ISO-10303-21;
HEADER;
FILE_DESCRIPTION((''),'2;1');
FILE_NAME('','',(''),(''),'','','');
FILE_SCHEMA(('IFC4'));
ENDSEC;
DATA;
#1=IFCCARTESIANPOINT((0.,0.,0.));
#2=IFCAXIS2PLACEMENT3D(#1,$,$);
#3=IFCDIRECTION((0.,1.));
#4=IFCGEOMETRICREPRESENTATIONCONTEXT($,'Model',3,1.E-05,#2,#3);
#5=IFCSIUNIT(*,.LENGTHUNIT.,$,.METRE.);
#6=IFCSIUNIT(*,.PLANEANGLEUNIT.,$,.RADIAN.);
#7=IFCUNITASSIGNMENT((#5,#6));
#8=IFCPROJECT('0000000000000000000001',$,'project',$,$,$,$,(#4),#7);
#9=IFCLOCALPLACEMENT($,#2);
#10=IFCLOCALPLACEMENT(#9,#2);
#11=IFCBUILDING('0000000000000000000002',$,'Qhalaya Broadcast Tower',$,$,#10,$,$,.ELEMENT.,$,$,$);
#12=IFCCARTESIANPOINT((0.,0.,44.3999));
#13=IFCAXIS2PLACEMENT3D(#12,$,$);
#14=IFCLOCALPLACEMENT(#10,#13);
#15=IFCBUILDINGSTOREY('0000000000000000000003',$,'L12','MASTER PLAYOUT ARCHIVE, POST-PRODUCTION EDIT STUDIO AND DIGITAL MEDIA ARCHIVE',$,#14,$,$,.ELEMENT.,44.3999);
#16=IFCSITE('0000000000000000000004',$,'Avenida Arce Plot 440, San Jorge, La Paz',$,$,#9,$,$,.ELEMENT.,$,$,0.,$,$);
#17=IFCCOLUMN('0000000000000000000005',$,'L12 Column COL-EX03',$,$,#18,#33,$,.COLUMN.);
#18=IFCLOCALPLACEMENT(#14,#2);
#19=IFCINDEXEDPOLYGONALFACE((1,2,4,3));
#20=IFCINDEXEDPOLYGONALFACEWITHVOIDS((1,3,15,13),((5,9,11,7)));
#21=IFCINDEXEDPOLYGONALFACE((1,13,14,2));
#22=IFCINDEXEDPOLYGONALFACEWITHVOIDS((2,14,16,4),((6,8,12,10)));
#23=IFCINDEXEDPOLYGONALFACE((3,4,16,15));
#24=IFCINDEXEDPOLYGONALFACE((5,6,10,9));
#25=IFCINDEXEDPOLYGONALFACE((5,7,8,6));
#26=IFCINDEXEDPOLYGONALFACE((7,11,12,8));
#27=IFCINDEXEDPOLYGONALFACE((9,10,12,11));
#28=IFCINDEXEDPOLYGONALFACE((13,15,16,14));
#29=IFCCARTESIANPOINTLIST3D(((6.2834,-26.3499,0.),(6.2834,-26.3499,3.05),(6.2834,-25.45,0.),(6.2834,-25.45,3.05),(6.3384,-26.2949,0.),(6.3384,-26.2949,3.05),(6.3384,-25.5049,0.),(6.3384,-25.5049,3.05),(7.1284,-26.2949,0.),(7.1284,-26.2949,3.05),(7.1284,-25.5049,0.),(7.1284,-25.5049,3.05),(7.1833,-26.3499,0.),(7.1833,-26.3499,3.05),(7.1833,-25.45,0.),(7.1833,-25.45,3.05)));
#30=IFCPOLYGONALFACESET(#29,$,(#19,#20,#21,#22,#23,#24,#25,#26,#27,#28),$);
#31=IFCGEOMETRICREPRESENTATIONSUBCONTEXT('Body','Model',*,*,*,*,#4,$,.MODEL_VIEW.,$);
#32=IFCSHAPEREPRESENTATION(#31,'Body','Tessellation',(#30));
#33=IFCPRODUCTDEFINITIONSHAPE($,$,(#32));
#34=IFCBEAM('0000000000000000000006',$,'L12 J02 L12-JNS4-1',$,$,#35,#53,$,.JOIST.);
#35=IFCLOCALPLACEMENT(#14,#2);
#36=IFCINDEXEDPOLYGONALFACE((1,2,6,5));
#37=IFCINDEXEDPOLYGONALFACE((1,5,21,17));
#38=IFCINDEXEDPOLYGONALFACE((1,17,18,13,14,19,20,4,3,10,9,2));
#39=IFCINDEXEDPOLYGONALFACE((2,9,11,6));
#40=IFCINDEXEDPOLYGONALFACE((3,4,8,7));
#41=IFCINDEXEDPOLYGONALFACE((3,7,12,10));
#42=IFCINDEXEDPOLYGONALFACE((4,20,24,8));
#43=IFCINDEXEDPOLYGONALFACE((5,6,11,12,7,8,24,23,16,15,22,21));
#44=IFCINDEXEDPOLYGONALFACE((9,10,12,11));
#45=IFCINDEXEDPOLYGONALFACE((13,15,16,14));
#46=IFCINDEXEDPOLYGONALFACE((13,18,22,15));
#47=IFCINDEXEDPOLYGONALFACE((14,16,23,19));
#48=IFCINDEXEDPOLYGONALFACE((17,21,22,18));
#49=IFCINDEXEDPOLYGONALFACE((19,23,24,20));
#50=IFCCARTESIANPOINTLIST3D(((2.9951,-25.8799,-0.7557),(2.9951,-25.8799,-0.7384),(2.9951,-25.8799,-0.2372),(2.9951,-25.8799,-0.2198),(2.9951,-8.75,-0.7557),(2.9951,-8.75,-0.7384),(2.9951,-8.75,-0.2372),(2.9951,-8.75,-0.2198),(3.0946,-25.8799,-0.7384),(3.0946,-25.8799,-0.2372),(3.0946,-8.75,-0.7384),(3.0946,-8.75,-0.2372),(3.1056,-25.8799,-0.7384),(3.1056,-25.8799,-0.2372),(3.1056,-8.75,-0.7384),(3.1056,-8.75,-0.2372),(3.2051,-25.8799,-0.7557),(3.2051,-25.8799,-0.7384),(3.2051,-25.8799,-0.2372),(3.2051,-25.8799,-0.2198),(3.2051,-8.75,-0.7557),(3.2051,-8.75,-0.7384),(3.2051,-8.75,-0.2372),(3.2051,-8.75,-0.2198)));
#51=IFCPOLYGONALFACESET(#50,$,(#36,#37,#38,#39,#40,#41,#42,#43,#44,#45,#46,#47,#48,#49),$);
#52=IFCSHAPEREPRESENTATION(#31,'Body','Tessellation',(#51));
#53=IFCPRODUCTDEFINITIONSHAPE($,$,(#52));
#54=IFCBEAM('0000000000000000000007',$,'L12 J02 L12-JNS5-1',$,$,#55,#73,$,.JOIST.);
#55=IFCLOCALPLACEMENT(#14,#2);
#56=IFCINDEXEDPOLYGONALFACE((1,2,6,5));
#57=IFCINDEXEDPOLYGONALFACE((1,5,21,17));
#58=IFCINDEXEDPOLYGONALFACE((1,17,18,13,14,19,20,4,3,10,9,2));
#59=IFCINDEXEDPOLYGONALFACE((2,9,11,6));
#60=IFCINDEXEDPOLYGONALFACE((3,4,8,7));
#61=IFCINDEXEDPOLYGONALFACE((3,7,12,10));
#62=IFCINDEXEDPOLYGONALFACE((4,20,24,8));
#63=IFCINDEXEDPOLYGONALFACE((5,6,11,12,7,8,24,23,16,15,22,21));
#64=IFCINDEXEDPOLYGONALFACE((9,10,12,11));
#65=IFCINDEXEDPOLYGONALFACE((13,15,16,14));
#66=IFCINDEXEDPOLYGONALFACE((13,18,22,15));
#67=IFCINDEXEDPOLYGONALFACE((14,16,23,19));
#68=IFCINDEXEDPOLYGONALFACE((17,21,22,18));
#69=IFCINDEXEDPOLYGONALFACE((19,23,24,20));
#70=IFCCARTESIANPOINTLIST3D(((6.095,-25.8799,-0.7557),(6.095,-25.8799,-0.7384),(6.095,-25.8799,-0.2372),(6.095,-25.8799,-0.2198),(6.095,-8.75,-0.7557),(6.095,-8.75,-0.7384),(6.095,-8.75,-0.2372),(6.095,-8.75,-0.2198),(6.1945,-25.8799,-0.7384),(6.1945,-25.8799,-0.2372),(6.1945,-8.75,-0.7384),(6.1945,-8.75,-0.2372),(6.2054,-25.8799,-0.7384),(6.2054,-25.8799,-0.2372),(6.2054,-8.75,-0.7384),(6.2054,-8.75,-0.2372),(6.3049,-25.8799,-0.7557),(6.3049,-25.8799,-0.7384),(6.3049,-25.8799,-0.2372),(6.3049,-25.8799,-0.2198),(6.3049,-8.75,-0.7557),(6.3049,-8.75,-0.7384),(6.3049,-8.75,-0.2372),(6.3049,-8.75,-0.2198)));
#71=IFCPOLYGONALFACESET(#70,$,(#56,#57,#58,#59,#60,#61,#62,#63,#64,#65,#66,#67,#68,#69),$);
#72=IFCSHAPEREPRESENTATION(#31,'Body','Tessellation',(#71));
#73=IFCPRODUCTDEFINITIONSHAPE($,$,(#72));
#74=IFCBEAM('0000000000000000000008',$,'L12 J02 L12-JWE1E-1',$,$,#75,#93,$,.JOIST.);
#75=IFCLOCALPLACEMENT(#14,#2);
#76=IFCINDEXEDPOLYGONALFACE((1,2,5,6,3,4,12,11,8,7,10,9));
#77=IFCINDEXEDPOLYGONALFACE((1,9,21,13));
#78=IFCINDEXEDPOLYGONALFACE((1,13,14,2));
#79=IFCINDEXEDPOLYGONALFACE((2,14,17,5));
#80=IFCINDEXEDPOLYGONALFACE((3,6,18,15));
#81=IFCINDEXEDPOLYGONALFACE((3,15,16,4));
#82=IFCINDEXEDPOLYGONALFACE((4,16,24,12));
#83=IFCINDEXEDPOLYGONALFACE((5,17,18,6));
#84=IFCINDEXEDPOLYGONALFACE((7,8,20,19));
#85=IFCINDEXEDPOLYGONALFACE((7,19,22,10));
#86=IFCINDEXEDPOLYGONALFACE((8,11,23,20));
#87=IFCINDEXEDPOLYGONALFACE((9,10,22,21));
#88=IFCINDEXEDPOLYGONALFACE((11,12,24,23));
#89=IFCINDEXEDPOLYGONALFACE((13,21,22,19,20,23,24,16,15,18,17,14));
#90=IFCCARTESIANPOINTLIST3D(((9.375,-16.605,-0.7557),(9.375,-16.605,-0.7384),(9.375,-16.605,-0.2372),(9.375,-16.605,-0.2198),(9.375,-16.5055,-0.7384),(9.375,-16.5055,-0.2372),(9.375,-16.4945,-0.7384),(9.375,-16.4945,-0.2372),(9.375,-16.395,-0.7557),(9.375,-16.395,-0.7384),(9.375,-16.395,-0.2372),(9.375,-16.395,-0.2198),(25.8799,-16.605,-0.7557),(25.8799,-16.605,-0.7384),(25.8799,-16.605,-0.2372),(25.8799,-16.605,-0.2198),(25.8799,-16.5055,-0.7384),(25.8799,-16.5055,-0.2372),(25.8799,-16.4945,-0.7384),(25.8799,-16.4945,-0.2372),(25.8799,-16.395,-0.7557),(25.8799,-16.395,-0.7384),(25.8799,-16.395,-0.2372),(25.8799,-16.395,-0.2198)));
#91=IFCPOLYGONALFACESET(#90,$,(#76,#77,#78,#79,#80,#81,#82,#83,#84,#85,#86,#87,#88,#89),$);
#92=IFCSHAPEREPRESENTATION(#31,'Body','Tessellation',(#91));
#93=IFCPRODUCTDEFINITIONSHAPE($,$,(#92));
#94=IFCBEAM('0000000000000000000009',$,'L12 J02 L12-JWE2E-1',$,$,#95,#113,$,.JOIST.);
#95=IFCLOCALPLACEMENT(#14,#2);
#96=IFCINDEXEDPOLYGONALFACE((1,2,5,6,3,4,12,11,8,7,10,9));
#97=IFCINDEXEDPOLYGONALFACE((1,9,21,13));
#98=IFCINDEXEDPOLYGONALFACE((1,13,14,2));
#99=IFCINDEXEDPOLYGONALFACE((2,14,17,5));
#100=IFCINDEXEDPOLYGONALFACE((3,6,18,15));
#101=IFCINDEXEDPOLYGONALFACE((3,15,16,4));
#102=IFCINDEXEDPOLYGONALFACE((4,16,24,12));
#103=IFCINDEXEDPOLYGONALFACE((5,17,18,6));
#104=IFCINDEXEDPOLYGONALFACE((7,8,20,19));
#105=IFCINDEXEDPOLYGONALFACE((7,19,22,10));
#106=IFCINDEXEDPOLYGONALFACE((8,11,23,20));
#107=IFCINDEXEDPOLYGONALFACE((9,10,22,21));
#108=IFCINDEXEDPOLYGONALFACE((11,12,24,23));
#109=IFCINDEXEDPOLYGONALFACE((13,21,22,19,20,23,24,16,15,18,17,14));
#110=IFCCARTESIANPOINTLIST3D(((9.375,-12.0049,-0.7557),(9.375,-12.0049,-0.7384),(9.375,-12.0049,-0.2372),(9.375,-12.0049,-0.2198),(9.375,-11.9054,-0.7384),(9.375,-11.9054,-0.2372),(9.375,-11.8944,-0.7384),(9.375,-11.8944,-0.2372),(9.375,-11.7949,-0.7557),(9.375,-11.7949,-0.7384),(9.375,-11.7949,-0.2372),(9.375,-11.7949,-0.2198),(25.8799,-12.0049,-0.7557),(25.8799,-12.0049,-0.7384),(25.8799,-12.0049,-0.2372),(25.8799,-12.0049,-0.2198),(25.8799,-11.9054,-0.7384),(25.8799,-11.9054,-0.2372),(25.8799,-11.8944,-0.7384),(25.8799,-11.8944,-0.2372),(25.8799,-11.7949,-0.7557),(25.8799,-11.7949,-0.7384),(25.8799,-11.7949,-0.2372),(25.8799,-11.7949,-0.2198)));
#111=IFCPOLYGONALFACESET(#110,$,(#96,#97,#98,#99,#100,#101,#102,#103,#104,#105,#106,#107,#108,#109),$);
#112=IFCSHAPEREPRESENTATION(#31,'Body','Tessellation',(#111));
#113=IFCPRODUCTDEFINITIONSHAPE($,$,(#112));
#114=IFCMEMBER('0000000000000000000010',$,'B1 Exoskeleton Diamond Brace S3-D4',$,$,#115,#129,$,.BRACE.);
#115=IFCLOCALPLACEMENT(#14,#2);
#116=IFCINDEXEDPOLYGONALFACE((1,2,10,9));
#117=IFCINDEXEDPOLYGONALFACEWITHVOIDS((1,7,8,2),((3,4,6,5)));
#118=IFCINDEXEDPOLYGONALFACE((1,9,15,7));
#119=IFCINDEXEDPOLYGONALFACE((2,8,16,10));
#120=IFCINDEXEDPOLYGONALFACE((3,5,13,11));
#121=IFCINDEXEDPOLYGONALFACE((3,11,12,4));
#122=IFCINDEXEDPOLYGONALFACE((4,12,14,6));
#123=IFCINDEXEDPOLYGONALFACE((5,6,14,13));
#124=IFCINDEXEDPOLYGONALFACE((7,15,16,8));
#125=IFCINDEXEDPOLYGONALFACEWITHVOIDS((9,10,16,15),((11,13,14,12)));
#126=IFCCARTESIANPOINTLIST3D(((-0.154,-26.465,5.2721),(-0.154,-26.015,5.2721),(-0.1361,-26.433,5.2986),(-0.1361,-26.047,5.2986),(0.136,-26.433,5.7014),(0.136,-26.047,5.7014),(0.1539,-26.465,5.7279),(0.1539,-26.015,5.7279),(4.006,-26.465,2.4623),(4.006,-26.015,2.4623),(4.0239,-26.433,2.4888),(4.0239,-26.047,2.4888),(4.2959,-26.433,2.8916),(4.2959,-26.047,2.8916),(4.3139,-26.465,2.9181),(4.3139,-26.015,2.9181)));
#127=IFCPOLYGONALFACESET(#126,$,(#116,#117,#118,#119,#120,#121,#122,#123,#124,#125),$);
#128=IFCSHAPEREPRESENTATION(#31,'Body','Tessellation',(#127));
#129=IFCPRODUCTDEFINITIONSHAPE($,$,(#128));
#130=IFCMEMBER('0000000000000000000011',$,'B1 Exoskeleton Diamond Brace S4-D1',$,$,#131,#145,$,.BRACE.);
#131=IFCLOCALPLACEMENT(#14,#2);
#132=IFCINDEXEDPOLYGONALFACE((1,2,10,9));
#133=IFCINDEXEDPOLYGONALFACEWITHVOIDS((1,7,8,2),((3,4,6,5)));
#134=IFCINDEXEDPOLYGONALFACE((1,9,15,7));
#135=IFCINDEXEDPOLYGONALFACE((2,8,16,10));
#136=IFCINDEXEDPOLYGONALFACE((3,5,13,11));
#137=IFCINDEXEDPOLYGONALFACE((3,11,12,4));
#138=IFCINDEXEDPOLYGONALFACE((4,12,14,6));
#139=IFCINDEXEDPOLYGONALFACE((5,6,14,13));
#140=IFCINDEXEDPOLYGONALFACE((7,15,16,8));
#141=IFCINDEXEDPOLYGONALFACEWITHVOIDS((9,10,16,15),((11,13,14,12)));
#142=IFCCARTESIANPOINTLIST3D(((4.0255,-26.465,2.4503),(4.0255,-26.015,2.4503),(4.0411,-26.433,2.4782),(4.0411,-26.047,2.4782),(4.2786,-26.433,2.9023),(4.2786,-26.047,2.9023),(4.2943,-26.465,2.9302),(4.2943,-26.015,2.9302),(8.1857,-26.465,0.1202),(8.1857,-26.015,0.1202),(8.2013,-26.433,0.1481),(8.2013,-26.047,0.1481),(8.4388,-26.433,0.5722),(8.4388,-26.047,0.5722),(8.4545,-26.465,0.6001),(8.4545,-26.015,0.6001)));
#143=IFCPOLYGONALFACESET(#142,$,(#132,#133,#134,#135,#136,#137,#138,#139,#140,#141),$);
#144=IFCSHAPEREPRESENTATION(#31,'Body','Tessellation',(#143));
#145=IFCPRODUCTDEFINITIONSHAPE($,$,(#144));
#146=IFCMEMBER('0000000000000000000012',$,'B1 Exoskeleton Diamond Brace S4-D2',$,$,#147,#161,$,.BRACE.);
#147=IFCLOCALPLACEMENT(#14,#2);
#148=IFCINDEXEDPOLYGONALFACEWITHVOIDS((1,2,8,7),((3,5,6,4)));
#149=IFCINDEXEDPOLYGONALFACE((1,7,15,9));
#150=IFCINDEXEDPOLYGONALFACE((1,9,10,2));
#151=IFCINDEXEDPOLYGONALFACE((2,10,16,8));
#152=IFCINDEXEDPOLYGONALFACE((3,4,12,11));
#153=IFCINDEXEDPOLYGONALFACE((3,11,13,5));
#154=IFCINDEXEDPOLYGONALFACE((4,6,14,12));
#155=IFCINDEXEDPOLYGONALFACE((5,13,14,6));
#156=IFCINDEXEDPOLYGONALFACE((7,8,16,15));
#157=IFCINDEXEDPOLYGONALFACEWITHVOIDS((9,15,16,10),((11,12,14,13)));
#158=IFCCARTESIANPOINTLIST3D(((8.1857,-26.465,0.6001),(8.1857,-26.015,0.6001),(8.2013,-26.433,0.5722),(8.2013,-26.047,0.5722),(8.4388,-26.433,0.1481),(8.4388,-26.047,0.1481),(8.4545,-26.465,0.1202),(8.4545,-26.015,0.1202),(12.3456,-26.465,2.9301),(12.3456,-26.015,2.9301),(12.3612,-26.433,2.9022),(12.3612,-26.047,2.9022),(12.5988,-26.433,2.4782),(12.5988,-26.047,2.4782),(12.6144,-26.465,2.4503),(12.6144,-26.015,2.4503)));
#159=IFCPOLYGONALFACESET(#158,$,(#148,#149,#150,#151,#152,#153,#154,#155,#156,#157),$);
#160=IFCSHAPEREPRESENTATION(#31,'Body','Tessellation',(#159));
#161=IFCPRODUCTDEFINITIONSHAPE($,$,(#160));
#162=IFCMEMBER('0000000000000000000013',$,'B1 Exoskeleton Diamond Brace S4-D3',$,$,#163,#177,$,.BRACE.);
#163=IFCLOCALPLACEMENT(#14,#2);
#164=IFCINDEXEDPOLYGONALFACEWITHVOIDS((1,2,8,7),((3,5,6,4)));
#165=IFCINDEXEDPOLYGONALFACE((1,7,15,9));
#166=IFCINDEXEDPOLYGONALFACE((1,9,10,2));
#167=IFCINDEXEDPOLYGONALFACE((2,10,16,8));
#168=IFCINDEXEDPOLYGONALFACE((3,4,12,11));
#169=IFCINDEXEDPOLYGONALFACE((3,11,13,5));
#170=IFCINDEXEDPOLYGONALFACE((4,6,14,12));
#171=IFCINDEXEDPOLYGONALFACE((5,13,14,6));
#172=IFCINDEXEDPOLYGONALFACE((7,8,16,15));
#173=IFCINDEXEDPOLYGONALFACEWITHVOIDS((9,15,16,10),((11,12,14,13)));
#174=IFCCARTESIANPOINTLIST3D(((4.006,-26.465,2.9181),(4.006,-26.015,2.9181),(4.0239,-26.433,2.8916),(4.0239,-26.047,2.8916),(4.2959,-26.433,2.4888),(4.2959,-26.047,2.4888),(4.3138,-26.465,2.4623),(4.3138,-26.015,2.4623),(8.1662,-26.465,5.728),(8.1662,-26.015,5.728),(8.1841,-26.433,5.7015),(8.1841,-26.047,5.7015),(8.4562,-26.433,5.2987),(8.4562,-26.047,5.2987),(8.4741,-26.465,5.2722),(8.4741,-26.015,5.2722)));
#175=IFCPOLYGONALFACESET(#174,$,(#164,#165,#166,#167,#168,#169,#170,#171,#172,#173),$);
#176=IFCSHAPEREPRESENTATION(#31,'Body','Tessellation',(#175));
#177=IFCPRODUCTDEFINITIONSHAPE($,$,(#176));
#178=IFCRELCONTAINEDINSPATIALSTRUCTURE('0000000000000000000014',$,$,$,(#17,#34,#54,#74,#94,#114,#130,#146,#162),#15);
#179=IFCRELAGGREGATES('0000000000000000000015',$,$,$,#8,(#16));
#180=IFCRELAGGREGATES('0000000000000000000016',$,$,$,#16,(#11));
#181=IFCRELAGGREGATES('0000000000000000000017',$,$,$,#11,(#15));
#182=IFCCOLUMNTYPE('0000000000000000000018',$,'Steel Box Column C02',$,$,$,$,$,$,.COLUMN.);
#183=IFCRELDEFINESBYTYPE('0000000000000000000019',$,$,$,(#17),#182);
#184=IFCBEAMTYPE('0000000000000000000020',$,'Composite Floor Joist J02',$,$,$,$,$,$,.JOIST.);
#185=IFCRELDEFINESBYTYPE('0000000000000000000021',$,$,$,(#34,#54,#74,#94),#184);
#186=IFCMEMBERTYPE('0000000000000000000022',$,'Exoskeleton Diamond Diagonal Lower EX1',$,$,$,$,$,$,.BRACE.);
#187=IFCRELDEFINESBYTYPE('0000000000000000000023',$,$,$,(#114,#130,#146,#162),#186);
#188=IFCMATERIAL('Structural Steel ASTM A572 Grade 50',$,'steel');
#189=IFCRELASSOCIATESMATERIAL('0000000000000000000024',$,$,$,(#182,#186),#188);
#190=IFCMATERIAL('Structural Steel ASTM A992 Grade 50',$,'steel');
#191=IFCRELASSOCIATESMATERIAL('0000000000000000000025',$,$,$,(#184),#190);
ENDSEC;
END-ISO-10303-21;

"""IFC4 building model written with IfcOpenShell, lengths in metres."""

from ifc_helpers import new_model, si_unit, direction, frame, origin, origin_2d, place, context, subcontext, project, spatial, hollow_rectangle, i_section, extrude, material, material_profile, profile_set, type_object, element, save


model = new_model("IFC4")

# Units and contexts
model_context = context("Model", 3, precision=1e-05, world=origin(), true_north=direction((0.0, 1.0)))
body_context = subcontext(model_context, "Body", "Model", "MODEL_VIEW")
ifc_project = project(units=[si_unit("LENGTHUNIT", "METRE"), si_unit("PLANEANGLEUNIT", "RADIAN")], contexts=[model_context])

# Site, building, storey
site_placement = place(None, origin())
site = spatial("IfcSite", under=ifc_project, at=site_placement, Name="Avenida Arce Plot 440, San Jorge, La Paz", CompositionType="ELEMENT", RefElevation=0.0)
building_placement = place(site_placement, origin())
building = spatial("IfcBuilding", under=site, at=building_placement, Name="Qhalaya Broadcast Tower", CompositionType="ELEMENT")
storey_placement = place(building_placement, frame((0.0, 0.0, 44.3999)))
storey = spatial("IfcBuildingStorey", under=building, at=storey_placement, Name="L12", Description="MASTER PLAYOUT ARCHIVE, POST-PRODUCTION EDIT STUDIO AND DIGITAL MEDIA ARCHIVE", CompositionType="ELEMENT", Elevation=44.3999)

# Column
ifc_material_1 = material(Name="Structural Steel ASTM A572 Grade 50", Category="steel")
ifc_material_profile_1 = material_profile(ifc_material_1, hollow_rectangle(XDim=0.8999, YDim=0.8999, WallThickness=0.0549, at=origin_2d()), Name="BOX 900x900x55")
ifc_profile_set_1 = profile_set([ifc_material_profile_1], Name="Structural Steel ASTM A572 Grade 50")
column_type = type_object("IfcColumnType", Name="Steel Box Column C02", PredefinedType="COLUMN", material=ifc_profile_set_1)
column_placement = place(storey_placement, frame((6.7334, -25.8999, 0.0), z_axis=(0.0, 0.0, 1.0), x_axis=(1.0, 0.0, 0.0)))
element("IfcColumn", 1, at=column_placement, inside=storey, type_object=column_type, Name="L12 Column COL-EX03", PredefinedType="COLUMN", context=body_context, shape_type="SweptSolid", body=[
    extrude(hollow_rectangle(XDim=0.8999, YDim=0.8999, WallThickness=0.0549, at=origin_2d()), origin(), (0.0, 0.0, 1.0), 3.05),
])

# Beams
ifc_material_2 = material(Name="Structural Steel ASTM A992 Grade 50", Category="steel")
ifc_material_profile_2 = material_profile(ifc_material_2, i_section(OverallWidth=0.21, OverallDepth=0.5359, WebThickness=0.011, FlangeThickness=0.0173, at=origin_2d()), Name="W21X68")
ifc_profile_set_2 = profile_set([ifc_material_profile_2], Name="Structural Steel ASTM A992 Grade 50")
beam_type_1 = type_object("IfcBeamType", Name="Composite Floor Joist J02", PredefinedType="JOIST", material=ifc_profile_set_2)
for number, where, z_axis, x_axis, name in (
    (2, (3.1001, -25.8799, -0.4878), (0.0, 1.0, 0.0), (-1.0, 0.0, 0.0), "L12 J02 L12-JNS4-1"),
    (3, (6.2, -25.8799, -0.4878), (0.0, 1.0, 0.0), (-1.0, 0.0, 0.0), "L12 J02 L12-JNS5-1"),
):
    element("IfcBeam", number, at=place(storey_placement, frame(where, z_axis=z_axis, x_axis=x_axis)), inside=storey, type_object=beam_type_1, Name=name, PredefinedType="JOIST", context=body_context, shape_type="SweptSolid", body=[
        extrude(i_section(OverallWidth=0.21, OverallDepth=0.5359, WebThickness=0.011, FlangeThickness=0.0173, at=origin_2d()), origin(), (0.0, 0.0, 1.0), 17.1299),
    ])
for number, where, z_axis, x_axis, name in (
    (4, (9.375, -16.5, -0.4878), (1.0, 0.0, 0.0), (0.0, 1.0, 0.0), "L12 J02 L12-JWE1E-1"),
    (5, (9.375, -11.8999, -0.4878), (1.0, 0.0, 0.0), (0.0, 1.0, 0.0), "L12 J02 L12-JWE2E-1"),
):
    element("IfcBeam", number, at=place(storey_placement, frame(where, z_axis=z_axis, x_axis=x_axis)), inside=storey, type_object=beam_type_1, Name=name, PredefinedType="JOIST", context=body_context, shape_type="SweptSolid", body=[
        extrude(i_section(OverallWidth=0.21, OverallDepth=0.5359, WebThickness=0.011, FlangeThickness=0.0173, at=origin_2d()), origin(), (0.0, 0.0, 1.0), 16.5049),
    ])

# Members
ifc_material_profile_3 = material_profile(ifc_material_1, hollow_rectangle(XDim=0.45, YDim=0.55, WallThickness=0.032, at=origin_2d()), Name="BOX 450x550x32")
ifc_profile_set_3 = profile_set([ifc_material_profile_3], Name="Structural Steel ASTM A572 Grade 50")
member_type = type_object("IfcMemberType", Name="Exoskeleton Diamond Diagonal Lower EX1", PredefinedType="BRACE", material=ifc_profile_set_3)
member_1_placement = place(storey_placement, frame((4.1599, -26.24, 2.6902), z_axis=(-0.828676, 0.0, 0.559729), x_axis=(0.0, -1.0, 0.0)))
element("IfcMember", 6, at=member_1_placement, inside=storey, type_object=member_type, Name="B1 Exoskeleton Diamond Brace S3-D4", PredefinedType="BRACE", context=body_context, shape_type="SweptSolid", body=[
    extrude(hollow_rectangle(XDim=0.45, YDim=0.55, WallThickness=0.032, at=origin_2d()), origin(), (0.0, 0.0, 1.0), 5.02),
])
member_2_placement = place(storey_placement, frame((8.3201, -26.24, 0.3601), z_axis=(-0.872471, 0.0, 0.488666), x_axis=(0.0, -1.0, 0.0)))
element("IfcMember", 7, at=member_2_placement, inside=storey, type_object=member_type, Name="B1 Exoskeleton Diamond Brace S4-D1", PredefinedType="BRACE", context=body_context, shape_type="SweptSolid", body=[
    extrude(hollow_rectangle(XDim=0.45, YDim=0.55, WallThickness=0.032, at=origin_2d()), origin(), (0.0, 0.0, 1.0), 4.7683),
])
member_3_placement = place(storey_placement, frame((8.3201, -26.24, 0.3601), z_axis=(0.872459, 0.0, 0.488688), x_axis=(0.0, 1.0, 0.0)))
element("IfcMember", 8, at=member_3_placement, inside=storey, type_object=member_type, Name="B1 Exoskeleton Diamond Brace S4-D2", PredefinedType="BRACE", context=body_context, shape_type="SweptSolid", body=[
    extrude(hollow_rectangle(XDim=0.45, YDim=0.55, WallThickness=0.032, at=origin_2d()), origin(), (0.0, 0.0, 1.0), 4.7681),
])
member_4_placement = place(storey_placement, frame((4.1599, -26.24, 2.6902), z_axis=(0.828691, 0.0, 0.559707), x_axis=(0.0, 1.0, 0.0)))
element("IfcMember", 9, at=member_4_placement, inside=storey, type_object=member_type, Name="B1 Exoskeleton Diamond Brace S4-D3", PredefinedType="BRACE", context=body_context, shape_type="SweptSolid", body=[
    extrude(hollow_rectangle(XDim=0.45, YDim=0.55, WallThickness=0.032, at=origin_2d()), origin(), (0.0, 0.0, 1.0), 5.0203),
])

save(model, "model.ifc")
